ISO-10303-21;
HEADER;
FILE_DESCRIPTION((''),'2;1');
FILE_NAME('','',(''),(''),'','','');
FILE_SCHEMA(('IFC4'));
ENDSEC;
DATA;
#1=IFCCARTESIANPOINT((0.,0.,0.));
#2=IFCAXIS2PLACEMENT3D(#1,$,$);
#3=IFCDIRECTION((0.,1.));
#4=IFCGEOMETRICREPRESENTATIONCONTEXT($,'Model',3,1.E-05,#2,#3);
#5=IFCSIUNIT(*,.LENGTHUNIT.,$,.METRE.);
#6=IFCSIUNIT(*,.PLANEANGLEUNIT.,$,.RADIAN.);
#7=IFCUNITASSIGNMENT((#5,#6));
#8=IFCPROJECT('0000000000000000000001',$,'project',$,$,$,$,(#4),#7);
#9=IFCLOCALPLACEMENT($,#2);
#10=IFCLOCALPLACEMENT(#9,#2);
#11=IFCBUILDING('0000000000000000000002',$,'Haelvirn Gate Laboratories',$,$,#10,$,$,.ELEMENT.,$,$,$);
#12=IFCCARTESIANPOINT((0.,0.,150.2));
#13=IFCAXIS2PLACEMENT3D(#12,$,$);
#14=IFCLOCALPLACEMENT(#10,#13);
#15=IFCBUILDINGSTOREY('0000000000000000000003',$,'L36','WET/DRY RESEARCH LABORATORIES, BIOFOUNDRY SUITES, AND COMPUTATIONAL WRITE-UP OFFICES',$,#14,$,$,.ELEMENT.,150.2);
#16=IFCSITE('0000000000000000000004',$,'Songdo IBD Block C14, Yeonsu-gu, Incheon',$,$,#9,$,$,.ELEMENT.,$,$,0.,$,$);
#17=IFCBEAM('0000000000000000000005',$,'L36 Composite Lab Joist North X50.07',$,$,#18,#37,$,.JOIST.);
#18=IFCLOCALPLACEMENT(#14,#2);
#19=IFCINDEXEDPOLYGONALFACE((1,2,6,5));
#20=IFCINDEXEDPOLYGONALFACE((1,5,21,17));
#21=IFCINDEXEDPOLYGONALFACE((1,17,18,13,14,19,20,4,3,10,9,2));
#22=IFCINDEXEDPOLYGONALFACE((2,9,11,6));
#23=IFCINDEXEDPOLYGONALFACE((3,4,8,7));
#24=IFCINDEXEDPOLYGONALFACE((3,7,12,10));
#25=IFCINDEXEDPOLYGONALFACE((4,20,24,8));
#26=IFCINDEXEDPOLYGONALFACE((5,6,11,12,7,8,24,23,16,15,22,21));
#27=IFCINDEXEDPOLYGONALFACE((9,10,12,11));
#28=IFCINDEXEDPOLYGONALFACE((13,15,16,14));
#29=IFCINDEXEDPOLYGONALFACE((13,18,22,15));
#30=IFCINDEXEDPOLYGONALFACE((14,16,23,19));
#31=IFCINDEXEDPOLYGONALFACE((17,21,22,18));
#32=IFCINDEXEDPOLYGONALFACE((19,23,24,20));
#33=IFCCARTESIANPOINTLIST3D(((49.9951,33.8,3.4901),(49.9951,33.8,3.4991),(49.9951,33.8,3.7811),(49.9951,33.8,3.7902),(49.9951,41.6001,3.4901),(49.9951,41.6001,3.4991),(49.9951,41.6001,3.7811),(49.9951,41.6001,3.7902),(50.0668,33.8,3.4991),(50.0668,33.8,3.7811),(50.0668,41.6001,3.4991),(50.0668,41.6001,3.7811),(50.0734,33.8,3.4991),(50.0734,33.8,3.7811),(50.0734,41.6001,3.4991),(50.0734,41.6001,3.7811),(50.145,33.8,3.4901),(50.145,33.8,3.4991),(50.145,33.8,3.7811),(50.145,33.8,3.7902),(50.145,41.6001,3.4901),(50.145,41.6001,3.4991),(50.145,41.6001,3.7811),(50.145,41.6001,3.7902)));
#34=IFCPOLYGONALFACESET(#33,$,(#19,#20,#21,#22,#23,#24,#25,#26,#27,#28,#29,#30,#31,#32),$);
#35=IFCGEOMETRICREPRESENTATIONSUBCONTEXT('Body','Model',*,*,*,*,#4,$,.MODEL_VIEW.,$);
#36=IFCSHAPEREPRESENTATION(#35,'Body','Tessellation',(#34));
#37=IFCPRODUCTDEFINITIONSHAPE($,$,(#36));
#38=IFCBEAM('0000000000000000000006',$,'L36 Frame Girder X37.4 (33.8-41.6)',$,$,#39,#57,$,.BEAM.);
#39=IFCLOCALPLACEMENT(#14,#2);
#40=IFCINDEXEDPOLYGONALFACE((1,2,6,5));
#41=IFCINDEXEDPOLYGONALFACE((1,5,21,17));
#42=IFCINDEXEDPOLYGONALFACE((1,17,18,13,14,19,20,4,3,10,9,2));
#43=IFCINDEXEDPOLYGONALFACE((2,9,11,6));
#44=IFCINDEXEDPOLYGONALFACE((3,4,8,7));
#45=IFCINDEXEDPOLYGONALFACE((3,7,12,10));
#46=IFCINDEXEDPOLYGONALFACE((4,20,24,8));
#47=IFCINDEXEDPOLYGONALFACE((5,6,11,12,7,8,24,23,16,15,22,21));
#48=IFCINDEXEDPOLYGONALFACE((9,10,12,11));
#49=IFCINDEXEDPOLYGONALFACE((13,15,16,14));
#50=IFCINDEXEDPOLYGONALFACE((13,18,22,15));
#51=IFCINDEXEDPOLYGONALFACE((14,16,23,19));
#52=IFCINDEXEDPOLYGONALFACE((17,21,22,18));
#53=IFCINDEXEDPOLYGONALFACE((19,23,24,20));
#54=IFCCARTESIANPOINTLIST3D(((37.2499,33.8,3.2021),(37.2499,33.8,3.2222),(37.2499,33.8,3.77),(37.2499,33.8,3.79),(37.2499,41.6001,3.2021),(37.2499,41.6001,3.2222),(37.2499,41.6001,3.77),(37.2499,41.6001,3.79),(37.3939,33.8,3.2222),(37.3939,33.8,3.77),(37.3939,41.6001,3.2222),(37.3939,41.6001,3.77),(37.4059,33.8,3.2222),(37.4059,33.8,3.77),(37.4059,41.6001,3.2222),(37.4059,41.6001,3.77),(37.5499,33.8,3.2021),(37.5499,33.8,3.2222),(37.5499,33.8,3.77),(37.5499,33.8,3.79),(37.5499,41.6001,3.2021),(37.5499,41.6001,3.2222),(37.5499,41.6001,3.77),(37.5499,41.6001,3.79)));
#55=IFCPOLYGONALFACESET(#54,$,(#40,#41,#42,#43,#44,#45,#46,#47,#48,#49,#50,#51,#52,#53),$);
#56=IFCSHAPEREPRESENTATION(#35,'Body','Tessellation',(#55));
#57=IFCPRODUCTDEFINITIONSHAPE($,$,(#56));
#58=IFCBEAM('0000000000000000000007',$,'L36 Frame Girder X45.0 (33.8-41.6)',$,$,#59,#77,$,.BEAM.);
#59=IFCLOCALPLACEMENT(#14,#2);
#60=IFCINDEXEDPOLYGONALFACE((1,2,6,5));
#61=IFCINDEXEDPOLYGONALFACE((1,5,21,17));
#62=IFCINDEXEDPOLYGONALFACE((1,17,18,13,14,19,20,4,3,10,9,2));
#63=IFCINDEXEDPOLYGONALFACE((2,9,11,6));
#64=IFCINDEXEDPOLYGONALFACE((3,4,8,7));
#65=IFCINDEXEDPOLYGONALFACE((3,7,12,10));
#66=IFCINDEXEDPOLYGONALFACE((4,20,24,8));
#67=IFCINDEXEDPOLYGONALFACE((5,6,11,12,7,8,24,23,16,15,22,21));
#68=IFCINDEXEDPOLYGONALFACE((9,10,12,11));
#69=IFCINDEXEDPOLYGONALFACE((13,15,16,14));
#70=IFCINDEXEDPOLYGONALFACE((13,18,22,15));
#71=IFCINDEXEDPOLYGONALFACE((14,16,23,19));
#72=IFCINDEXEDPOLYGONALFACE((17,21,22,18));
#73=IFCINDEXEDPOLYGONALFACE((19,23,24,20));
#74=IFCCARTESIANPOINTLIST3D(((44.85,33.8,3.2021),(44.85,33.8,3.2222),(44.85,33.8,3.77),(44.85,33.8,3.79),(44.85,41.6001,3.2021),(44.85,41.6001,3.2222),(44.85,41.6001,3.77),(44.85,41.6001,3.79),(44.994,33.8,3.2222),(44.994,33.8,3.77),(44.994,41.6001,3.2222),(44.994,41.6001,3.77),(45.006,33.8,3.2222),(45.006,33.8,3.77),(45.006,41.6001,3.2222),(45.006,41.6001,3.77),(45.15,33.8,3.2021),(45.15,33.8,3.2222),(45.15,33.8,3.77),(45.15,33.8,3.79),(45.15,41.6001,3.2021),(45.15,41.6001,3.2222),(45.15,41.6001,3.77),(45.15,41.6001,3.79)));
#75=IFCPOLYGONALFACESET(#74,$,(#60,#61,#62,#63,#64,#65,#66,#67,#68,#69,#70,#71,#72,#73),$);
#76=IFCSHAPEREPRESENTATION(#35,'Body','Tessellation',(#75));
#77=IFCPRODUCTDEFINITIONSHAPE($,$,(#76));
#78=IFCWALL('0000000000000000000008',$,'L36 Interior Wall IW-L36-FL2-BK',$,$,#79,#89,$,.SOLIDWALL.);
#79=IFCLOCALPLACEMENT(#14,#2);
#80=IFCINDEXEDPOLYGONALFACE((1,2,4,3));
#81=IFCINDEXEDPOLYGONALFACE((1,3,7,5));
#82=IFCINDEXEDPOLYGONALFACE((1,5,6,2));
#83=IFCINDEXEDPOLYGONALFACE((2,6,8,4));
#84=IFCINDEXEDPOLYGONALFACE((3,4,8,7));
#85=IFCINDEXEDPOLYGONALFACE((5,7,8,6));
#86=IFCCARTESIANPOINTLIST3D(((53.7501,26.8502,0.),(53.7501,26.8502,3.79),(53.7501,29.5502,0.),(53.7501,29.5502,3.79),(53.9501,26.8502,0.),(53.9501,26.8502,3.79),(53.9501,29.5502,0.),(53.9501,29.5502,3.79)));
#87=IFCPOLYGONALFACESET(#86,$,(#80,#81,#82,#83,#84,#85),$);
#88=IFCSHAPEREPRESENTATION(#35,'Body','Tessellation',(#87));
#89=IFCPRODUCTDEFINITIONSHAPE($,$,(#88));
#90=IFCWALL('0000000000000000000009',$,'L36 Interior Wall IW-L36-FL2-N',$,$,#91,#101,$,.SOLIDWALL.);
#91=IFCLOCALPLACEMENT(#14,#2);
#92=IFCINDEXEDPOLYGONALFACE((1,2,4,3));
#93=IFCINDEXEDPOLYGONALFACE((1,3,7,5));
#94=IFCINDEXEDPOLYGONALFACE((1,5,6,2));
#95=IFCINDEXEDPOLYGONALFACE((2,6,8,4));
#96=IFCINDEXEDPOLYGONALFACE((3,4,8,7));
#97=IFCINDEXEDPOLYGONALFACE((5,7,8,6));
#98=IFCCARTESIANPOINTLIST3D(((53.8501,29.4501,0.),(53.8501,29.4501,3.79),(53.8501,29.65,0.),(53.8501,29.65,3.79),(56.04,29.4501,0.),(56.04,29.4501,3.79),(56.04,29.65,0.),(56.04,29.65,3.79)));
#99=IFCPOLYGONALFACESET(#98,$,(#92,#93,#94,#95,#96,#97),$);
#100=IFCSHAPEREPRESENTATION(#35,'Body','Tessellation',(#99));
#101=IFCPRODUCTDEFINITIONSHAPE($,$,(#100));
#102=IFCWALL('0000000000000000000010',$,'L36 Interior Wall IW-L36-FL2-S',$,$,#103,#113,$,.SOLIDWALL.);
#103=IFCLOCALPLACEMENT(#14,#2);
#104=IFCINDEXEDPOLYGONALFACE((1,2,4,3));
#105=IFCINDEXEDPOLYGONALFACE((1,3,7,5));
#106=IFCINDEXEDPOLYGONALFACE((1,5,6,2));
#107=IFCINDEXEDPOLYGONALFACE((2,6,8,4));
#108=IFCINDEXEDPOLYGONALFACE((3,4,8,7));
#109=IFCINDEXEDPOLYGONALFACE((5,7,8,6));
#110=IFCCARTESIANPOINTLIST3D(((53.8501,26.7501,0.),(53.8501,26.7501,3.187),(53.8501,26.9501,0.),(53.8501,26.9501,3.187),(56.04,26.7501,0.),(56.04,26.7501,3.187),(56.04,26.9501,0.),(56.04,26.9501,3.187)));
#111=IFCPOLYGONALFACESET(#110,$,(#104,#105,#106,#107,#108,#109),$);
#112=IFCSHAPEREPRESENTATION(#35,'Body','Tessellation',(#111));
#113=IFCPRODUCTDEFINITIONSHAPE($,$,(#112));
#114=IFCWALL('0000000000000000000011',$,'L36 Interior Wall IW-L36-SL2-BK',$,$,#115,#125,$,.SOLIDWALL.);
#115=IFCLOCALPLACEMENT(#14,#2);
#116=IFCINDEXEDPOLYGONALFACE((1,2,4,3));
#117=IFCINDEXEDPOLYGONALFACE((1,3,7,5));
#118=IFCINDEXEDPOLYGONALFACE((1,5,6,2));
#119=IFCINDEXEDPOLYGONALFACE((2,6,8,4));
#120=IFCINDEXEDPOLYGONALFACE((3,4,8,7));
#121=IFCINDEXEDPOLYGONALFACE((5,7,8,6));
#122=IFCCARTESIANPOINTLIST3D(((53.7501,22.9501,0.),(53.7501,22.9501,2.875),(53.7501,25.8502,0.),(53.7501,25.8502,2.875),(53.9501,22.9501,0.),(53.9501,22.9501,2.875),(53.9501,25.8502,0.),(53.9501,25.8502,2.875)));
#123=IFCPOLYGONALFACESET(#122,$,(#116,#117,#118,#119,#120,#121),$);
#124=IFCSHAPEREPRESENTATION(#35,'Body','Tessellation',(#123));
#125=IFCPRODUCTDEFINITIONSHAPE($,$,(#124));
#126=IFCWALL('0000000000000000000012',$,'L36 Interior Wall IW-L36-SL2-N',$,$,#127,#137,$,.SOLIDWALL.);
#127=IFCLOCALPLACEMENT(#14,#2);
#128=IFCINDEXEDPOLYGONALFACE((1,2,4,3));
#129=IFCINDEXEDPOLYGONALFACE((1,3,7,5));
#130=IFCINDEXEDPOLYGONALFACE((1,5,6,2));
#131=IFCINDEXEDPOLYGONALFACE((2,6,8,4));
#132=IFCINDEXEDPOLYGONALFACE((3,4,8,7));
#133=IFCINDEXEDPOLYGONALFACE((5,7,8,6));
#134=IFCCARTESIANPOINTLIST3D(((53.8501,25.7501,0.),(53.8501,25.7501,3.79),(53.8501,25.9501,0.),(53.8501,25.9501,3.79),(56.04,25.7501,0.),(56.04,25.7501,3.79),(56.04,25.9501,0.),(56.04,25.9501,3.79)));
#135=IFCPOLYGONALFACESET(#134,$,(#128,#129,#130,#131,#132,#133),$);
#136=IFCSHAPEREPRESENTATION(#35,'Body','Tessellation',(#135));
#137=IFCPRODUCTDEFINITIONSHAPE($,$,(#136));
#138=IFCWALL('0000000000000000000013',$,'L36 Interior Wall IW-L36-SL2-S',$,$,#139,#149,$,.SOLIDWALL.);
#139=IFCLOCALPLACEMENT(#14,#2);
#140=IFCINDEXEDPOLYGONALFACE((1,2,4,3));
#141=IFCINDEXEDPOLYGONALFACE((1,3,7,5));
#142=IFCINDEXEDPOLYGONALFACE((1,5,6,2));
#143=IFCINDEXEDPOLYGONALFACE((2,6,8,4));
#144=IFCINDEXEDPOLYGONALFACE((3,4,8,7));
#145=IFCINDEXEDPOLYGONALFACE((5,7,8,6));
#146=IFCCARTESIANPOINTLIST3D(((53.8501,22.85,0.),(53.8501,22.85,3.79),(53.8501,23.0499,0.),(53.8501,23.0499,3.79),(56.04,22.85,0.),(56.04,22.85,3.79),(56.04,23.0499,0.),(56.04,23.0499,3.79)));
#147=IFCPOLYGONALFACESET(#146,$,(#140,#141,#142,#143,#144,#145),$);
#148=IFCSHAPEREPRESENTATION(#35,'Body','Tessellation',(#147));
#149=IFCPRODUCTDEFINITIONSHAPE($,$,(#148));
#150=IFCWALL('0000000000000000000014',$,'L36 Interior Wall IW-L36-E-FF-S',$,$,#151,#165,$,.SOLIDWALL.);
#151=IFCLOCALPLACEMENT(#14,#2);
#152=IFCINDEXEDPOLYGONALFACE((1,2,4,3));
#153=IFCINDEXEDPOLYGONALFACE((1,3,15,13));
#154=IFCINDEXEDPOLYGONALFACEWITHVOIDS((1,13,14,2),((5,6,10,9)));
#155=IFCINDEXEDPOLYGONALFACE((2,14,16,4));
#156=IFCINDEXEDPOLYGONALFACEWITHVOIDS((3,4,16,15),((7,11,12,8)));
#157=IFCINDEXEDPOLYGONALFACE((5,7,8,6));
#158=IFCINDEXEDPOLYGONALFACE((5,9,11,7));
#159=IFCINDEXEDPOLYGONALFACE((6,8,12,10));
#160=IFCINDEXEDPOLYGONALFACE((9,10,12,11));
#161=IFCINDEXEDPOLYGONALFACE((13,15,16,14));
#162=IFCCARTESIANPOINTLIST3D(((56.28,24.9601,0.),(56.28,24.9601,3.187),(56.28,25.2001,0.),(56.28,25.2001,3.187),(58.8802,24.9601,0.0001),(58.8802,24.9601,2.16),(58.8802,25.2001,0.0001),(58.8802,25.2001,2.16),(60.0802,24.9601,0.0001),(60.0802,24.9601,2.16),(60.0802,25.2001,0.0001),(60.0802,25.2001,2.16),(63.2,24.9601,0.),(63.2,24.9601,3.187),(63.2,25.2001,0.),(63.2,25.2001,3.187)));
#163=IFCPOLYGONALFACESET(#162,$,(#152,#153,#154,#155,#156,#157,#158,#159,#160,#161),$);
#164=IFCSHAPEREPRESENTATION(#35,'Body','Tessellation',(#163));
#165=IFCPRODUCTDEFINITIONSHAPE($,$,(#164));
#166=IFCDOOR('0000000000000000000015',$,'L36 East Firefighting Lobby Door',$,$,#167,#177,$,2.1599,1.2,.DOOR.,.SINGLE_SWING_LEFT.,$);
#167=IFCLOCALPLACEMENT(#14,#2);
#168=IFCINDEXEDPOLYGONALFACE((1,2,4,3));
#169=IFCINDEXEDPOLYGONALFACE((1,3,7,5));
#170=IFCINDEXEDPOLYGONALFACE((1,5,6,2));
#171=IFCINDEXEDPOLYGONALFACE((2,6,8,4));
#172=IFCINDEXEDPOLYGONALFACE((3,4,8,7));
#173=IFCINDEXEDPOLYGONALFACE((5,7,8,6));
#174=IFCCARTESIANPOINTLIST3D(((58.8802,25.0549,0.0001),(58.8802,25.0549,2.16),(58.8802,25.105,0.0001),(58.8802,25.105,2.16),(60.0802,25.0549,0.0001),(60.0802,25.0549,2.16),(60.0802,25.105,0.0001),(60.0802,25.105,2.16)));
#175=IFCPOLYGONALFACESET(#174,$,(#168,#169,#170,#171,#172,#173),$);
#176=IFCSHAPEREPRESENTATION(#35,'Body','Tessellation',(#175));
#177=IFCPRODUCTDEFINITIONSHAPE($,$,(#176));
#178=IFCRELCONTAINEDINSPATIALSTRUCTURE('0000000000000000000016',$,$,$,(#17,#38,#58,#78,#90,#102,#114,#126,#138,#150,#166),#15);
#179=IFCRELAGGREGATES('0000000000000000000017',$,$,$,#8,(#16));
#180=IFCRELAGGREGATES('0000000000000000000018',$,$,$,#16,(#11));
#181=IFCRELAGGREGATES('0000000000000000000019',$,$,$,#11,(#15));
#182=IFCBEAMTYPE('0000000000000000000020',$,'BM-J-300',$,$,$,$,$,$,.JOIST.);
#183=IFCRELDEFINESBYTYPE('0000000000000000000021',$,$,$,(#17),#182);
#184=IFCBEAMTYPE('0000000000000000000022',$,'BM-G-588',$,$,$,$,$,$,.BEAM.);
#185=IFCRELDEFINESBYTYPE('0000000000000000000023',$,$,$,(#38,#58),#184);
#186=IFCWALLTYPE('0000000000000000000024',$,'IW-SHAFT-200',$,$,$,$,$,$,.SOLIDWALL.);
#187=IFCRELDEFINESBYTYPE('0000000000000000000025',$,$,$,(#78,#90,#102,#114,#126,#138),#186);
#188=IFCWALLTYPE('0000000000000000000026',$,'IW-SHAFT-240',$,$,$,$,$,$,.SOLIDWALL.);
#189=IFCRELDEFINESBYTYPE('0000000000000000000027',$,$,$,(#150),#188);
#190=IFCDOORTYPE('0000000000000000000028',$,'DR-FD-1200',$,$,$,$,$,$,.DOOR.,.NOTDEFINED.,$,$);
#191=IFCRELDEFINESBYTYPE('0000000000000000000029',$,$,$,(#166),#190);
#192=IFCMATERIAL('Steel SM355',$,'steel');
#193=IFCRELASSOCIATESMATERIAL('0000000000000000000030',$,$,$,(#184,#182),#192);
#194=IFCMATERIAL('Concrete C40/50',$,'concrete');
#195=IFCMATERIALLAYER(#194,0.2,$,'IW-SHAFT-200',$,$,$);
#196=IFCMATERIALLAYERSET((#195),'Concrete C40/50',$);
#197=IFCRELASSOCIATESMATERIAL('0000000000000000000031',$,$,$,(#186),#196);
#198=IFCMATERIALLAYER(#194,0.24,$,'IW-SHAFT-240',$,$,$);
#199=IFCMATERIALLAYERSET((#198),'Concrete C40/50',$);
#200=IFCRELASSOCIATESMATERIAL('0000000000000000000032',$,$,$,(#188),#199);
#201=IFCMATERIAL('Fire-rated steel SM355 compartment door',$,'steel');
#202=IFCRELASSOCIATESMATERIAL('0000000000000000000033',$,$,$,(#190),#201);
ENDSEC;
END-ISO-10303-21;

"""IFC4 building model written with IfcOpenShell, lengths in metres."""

from ifc_helpers import new_model, si_unit, direction, frame, frame_2d, origin, origin_2d, place, context, subcontext, project, spatial, rectangle, i_section, extrude, source, transform, mapped, material, layer, layer_set, material_profile, profile_set, type_object, type_shapes, element, fill, save


model = new_model("IFC4")

# Units and contexts
model_context = context("Model", 3, precision=1e-05, world=origin(), true_north=direction((0.0, 1.0)))
body_context = subcontext(model_context, "Body", "Model", "MODEL_VIEW")
ifc_project = project(units=[si_unit("LENGTHUNIT", "METRE"), si_unit("PLANEANGLEUNIT", "RADIAN")], contexts=[model_context])

# Site, building, storey
site_placement = place(None, origin())
site = spatial("IfcSite", under=ifc_project, at=site_placement, Name="Songdo IBD Block C14, Yeonsu-gu, Incheon", CompositionType="ELEMENT", RefElevation=0.0)
building_placement = place(site_placement, origin())
building = spatial("IfcBuilding", under=site, at=building_placement, Name="Haelvirn Gate Laboratories", CompositionType="ELEMENT")
storey_placement = place(building_placement, frame((0.0, 0.0, 150.2)))
storey = spatial("IfcBuildingStorey", under=building, at=storey_placement, Name="L36", Description="WET/DRY RESEARCH LABORATORIES, BIOFOUNDRY SUITES, AND COMPUTATIONAL WRITE-UP OFFICES", CompositionType="ELEMENT", Elevation=150.2)

# Shared definitions
ifc_material_1 = material(Name="Steel SM355", Category="steel")

# Beams
ifc_material_profile_1 = material_profile(ifc_material_1, i_section(OverallWidth=0.3, OverallDepth=0.5879, WebThickness=0.012, FlangeThickness=0.02, at=origin_2d()), Name="H-588x300x12x20")
ifc_profile_set_1 = profile_set([ifc_material_profile_1], Name="Steel SM355")
beam_type_1 = type_object("IfcBeamType", Name="BM-G-588", PredefinedType="BEAM", material=ifc_profile_set_1)
ifc_material_profile_2 = material_profile(ifc_material_1, i_section(OverallWidth=0.1499, OverallDepth=0.3, WebThickness=0.0066, FlangeThickness=0.009, at=origin_2d()), Name="H-300x150x6.5x9")
ifc_profile_set_2 = profile_set([ifc_material_profile_2], Name="Steel SM355")
beam_type_2 = type_object("IfcBeamType", Name="BM-J-300", PredefinedType="JOIST", material=ifc_profile_set_2)
shared_shape_1 = source(origin(), body_context, "Body", "SweptSolid", [
    extrude(i_section(OverallWidth=0.1499, OverallDepth=0.3, WebThickness=0.0066, FlangeThickness=0.009, at=origin_2d()), origin(), (0.0, 0.0, 1.0), 7.8),
])
type_shapes(beam_type_2, [shared_shape_1])
for number, where, z_axis, x_axis, name in (
    (1, (50.0701, 33.8, 3.6401), (0.0, 1.0, 0.0), (-1.0, 0.0, 0.0), "L36 Composite Lab Joist North X50.07"),
):
    element("IfcBeam", number, at=place(storey_placement, frame(where, z_axis=z_axis, x_axis=x_axis)), inside=storey, type_object=beam_type_2, Name=name, PredefinedType="JOIST", context=body_context, shape_type="MappedRepresentation", body=[
        mapped(shared_shape_1, transform((0.0, 0.0, 0.0), scale=1.0)),
    ])
shared_shape_2 = source(origin(), body_context, "Body", "SweptSolid", [
    extrude(i_section(OverallWidth=0.3, OverallDepth=0.5879, WebThickness=0.012, FlangeThickness=0.02, at=origin_2d()), origin(), (0.0, 0.0, 1.0), 7.8),
])
for number, where, z_axis, x_axis, name in (
    (2, (37.3999, 33.8, 3.4961), (0.0, 1.0, 0.0), (-1.0, 0.0, 0.0), "L36 Frame Girder X37.4 (33.8-41.6)"),
    (3, (45.0, 33.8, 3.4961), (0.0, 1.0, 0.0), (-1.0, 0.0, 0.0), "L36 Frame Girder X45.0 (33.8-41.6)"),
):
    element("IfcBeam", number, at=place(storey_placement, frame(where, z_axis=z_axis, x_axis=x_axis)), inside=storey, type_object=beam_type_1, Name=name, PredefinedType="BEAM", context=body_context, shape_type="MappedRepresentation", body=[
        mapped(shared_shape_2, transform((0.0, 0.0, 0.0), scale=1.0)),
    ])

# Walls
ifc_material_2 = material(Name="Concrete C40/50", Category="concrete")
ifc_layer_1 = layer(ifc_material_2, 0.2, Name="IW-SHAFT-200")
ifc_layer_set_1 = layer_set([ifc_layer_1], Name="Concrete C40/50")
wall_type_1 = type_object("IfcWallType", Name="IW-SHAFT-200", PredefinedType="SOLIDWALL", material=ifc_layer_set_1)
wall_1_placement = place(storey_placement, frame((53.8501, 26.8501, 0.0), z_axis=(0.0, 0.0, 1.0), x_axis=(0.0, 1.0, 0.0)))
element("IfcWall", 4, at=wall_1_placement, inside=storey, type_object=wall_type_1, Name="L36 Interior Wall IW-L36-FL2-BK", PredefinedType="SOLIDWALL", context=body_context, shape_type="SweptSolid", body=[
    extrude(rectangle(XDim=2.7, YDim=0.2, at=frame_2d((1.3501, 0.0))), origin(), (0.0, 0.0, 1.0), 3.79),
])
wall_2_placement = place(storey_placement, frame((53.8501, 29.55, 0.0), z_axis=(0.0, 0.0, 1.0), x_axis=(1.0, 0.0, 0.0)))
element("IfcWall", 5, at=wall_2_placement, inside=storey, type_object=wall_type_1, Name="L36 Interior Wall IW-L36-FL2-N", PredefinedType="SOLIDWALL", context=body_context, shape_type="SweptSolid", body=[
    extrude(rectangle(XDim=2.1899, YDim=0.2, at=frame_2d((1.095, 0.0))), origin(), (0.0, 0.0, 1.0), 3.79),
])
wall_3_placement = place(storey_placement, frame((53.8501, 26.8501, 0.0), z_axis=(0.0, 0.0, 1.0), x_axis=(1.0, 0.0, 0.0)))
element("IfcWall", 6, at=wall_3_placement, inside=storey, type_object=wall_type_1, Name="L36 Interior Wall IW-L36-FL2-S", PredefinedType="SOLIDWALL", context=body_context, shape_type="SweptSolid", body=[
    extrude(rectangle(XDim=2.1899, YDim=0.2, at=frame_2d((1.095, 0.0))), origin(), (0.0, 0.0, 1.0), 3.187),
])
wall_4_placement = place(storey_placement, frame((53.8501, 22.95, 0.0), z_axis=(0.0, 0.0, 1.0), x_axis=(0.0, 1.0, 0.0)))
element("IfcWall", 7, at=wall_4_placement, inside=storey, type_object=wall_type_1, Name="L36 Interior Wall IW-L36-SL2-BK", PredefinedType="SOLIDWALL", context=body_context, shape_type="SweptSolid", body=[
    extrude(rectangle(XDim=2.9001, YDim=0.2, at=frame_2d((1.4502, 0.0))), origin(), (0.0, 0.0, 1.0), 2.875),
])
for number, where, z_axis, x_axis, name in (
    (8, (53.8501, 25.8501, 0.0), (0.0, 0.0, 1.0), (1.0, 0.0, 0.0), "L36 Interior Wall IW-L36-SL2-N"),
    (9, (53.8501, 22.95, 0.0), (0.0, 0.0, 1.0), (1.0, 0.0, 0.0), "L36 Interior Wall IW-L36-SL2-S"),
):
    element("IfcWall", number, at=place(storey_placement, frame(where, z_axis=z_axis, x_axis=x_axis)), inside=storey, type_object=wall_type_1, Name=name, PredefinedType="SOLIDWALL", context=body_context, shape_type="SweptSolid", body=[
        extrude(rectangle(XDim=2.1899, YDim=0.2, at=frame_2d((1.095, 0.0))), origin(), (0.0, 0.0, 1.0), 3.79),
    ])

# Wall, opening, door
ifc_layer_2 = layer(ifc_material_2, 0.24, Name="IW-SHAFT-240")
ifc_layer_set_2 = layer_set([ifc_layer_2], Name="Concrete C40/50")
wall_type_2 = type_object("IfcWallType", Name="IW-SHAFT-240", PredefinedType="SOLIDWALL", material=ifc_layer_set_2)
wall_5_placement = place(storey_placement, frame((56.28, 25.0801, 0.0), z_axis=(0.0, 0.0, 1.0), x_axis=(1.0, 0.0, 0.0)))
wall_5 = element("IfcWall", 10, at=wall_5_placement, inside=storey, type_object=wall_type_2, Name="L36 Interior Wall IW-L36-E-FF-S", PredefinedType="SOLIDWALL", context=body_context, shape_type="SweptSolid", body=[
    extrude(rectangle(XDim=6.9199, YDim=0.24, at=frame_2d((3.46, 0.0))), origin(), (0.0, 0.0, 1.0), 3.187),
])
opening_1_placement = place(wall_5_placement, frame((2.6001, 0.0, 0.0)))
opening_1 = element("IfcOpeningElement", 11, at=opening_1_placement, cuts=wall_5, PredefinedType="OPENING", context=body_context, shape_type="SweptSolid", body=[
    extrude(rectangle(XDim=1.2, YDim=2.1599, at=frame_2d((0.6001, 1.0801))), frame((0.0, 0.1299, 0.0), z_axis=(0.0, -1.0, 0.0), x_axis=(1.0, 0.0, 0.0)), (0.0, 0.0, 1.0), 0.26),
])
ifc_material_3 = material(Name="Fire-rated steel SM355 compartment door", Category="steel")
door_type_1 = type_object("IfcDoorType", Name="DR-FD-1200", OperationType="NOTDEFINED", PredefinedType="DOOR", material=ifc_material_3)
shared_shape_3 = source(origin(), body_context, "Body", "SweptSolid", [
    extrude(rectangle(XDim=1.2, YDim=2.1599, at=frame_2d((0.6001, 1.0801))), frame((0.0, 0.0249, 0.0), z_axis=(0.0, -1.0, 0.0), x_axis=(1.0, 0.0, 0.0)), (0.0, 0.0, 1.0), 0.05),
])
type_shapes(door_type_1, [shared_shape_3])
door_1_placement = place(opening_1_placement, origin())
door_1 = element("IfcDoor", 12, at=door_1_placement, inside=storey, type_object=door_type_1, Name="L36 East Firefighting Lobby Door", OperationType="SINGLE_SWING_LEFT", OverallHeight=2.1599, OverallWidth=1.2, PredefinedType="DOOR", context=body_context, shape_type="MappedRepresentation", body=[
    mapped(shared_shape_3, transform((0.0, 0.0, 0.0), scale=1.0)),
])
fill(opening_1, door_1)

save(model, "model.ifc")
